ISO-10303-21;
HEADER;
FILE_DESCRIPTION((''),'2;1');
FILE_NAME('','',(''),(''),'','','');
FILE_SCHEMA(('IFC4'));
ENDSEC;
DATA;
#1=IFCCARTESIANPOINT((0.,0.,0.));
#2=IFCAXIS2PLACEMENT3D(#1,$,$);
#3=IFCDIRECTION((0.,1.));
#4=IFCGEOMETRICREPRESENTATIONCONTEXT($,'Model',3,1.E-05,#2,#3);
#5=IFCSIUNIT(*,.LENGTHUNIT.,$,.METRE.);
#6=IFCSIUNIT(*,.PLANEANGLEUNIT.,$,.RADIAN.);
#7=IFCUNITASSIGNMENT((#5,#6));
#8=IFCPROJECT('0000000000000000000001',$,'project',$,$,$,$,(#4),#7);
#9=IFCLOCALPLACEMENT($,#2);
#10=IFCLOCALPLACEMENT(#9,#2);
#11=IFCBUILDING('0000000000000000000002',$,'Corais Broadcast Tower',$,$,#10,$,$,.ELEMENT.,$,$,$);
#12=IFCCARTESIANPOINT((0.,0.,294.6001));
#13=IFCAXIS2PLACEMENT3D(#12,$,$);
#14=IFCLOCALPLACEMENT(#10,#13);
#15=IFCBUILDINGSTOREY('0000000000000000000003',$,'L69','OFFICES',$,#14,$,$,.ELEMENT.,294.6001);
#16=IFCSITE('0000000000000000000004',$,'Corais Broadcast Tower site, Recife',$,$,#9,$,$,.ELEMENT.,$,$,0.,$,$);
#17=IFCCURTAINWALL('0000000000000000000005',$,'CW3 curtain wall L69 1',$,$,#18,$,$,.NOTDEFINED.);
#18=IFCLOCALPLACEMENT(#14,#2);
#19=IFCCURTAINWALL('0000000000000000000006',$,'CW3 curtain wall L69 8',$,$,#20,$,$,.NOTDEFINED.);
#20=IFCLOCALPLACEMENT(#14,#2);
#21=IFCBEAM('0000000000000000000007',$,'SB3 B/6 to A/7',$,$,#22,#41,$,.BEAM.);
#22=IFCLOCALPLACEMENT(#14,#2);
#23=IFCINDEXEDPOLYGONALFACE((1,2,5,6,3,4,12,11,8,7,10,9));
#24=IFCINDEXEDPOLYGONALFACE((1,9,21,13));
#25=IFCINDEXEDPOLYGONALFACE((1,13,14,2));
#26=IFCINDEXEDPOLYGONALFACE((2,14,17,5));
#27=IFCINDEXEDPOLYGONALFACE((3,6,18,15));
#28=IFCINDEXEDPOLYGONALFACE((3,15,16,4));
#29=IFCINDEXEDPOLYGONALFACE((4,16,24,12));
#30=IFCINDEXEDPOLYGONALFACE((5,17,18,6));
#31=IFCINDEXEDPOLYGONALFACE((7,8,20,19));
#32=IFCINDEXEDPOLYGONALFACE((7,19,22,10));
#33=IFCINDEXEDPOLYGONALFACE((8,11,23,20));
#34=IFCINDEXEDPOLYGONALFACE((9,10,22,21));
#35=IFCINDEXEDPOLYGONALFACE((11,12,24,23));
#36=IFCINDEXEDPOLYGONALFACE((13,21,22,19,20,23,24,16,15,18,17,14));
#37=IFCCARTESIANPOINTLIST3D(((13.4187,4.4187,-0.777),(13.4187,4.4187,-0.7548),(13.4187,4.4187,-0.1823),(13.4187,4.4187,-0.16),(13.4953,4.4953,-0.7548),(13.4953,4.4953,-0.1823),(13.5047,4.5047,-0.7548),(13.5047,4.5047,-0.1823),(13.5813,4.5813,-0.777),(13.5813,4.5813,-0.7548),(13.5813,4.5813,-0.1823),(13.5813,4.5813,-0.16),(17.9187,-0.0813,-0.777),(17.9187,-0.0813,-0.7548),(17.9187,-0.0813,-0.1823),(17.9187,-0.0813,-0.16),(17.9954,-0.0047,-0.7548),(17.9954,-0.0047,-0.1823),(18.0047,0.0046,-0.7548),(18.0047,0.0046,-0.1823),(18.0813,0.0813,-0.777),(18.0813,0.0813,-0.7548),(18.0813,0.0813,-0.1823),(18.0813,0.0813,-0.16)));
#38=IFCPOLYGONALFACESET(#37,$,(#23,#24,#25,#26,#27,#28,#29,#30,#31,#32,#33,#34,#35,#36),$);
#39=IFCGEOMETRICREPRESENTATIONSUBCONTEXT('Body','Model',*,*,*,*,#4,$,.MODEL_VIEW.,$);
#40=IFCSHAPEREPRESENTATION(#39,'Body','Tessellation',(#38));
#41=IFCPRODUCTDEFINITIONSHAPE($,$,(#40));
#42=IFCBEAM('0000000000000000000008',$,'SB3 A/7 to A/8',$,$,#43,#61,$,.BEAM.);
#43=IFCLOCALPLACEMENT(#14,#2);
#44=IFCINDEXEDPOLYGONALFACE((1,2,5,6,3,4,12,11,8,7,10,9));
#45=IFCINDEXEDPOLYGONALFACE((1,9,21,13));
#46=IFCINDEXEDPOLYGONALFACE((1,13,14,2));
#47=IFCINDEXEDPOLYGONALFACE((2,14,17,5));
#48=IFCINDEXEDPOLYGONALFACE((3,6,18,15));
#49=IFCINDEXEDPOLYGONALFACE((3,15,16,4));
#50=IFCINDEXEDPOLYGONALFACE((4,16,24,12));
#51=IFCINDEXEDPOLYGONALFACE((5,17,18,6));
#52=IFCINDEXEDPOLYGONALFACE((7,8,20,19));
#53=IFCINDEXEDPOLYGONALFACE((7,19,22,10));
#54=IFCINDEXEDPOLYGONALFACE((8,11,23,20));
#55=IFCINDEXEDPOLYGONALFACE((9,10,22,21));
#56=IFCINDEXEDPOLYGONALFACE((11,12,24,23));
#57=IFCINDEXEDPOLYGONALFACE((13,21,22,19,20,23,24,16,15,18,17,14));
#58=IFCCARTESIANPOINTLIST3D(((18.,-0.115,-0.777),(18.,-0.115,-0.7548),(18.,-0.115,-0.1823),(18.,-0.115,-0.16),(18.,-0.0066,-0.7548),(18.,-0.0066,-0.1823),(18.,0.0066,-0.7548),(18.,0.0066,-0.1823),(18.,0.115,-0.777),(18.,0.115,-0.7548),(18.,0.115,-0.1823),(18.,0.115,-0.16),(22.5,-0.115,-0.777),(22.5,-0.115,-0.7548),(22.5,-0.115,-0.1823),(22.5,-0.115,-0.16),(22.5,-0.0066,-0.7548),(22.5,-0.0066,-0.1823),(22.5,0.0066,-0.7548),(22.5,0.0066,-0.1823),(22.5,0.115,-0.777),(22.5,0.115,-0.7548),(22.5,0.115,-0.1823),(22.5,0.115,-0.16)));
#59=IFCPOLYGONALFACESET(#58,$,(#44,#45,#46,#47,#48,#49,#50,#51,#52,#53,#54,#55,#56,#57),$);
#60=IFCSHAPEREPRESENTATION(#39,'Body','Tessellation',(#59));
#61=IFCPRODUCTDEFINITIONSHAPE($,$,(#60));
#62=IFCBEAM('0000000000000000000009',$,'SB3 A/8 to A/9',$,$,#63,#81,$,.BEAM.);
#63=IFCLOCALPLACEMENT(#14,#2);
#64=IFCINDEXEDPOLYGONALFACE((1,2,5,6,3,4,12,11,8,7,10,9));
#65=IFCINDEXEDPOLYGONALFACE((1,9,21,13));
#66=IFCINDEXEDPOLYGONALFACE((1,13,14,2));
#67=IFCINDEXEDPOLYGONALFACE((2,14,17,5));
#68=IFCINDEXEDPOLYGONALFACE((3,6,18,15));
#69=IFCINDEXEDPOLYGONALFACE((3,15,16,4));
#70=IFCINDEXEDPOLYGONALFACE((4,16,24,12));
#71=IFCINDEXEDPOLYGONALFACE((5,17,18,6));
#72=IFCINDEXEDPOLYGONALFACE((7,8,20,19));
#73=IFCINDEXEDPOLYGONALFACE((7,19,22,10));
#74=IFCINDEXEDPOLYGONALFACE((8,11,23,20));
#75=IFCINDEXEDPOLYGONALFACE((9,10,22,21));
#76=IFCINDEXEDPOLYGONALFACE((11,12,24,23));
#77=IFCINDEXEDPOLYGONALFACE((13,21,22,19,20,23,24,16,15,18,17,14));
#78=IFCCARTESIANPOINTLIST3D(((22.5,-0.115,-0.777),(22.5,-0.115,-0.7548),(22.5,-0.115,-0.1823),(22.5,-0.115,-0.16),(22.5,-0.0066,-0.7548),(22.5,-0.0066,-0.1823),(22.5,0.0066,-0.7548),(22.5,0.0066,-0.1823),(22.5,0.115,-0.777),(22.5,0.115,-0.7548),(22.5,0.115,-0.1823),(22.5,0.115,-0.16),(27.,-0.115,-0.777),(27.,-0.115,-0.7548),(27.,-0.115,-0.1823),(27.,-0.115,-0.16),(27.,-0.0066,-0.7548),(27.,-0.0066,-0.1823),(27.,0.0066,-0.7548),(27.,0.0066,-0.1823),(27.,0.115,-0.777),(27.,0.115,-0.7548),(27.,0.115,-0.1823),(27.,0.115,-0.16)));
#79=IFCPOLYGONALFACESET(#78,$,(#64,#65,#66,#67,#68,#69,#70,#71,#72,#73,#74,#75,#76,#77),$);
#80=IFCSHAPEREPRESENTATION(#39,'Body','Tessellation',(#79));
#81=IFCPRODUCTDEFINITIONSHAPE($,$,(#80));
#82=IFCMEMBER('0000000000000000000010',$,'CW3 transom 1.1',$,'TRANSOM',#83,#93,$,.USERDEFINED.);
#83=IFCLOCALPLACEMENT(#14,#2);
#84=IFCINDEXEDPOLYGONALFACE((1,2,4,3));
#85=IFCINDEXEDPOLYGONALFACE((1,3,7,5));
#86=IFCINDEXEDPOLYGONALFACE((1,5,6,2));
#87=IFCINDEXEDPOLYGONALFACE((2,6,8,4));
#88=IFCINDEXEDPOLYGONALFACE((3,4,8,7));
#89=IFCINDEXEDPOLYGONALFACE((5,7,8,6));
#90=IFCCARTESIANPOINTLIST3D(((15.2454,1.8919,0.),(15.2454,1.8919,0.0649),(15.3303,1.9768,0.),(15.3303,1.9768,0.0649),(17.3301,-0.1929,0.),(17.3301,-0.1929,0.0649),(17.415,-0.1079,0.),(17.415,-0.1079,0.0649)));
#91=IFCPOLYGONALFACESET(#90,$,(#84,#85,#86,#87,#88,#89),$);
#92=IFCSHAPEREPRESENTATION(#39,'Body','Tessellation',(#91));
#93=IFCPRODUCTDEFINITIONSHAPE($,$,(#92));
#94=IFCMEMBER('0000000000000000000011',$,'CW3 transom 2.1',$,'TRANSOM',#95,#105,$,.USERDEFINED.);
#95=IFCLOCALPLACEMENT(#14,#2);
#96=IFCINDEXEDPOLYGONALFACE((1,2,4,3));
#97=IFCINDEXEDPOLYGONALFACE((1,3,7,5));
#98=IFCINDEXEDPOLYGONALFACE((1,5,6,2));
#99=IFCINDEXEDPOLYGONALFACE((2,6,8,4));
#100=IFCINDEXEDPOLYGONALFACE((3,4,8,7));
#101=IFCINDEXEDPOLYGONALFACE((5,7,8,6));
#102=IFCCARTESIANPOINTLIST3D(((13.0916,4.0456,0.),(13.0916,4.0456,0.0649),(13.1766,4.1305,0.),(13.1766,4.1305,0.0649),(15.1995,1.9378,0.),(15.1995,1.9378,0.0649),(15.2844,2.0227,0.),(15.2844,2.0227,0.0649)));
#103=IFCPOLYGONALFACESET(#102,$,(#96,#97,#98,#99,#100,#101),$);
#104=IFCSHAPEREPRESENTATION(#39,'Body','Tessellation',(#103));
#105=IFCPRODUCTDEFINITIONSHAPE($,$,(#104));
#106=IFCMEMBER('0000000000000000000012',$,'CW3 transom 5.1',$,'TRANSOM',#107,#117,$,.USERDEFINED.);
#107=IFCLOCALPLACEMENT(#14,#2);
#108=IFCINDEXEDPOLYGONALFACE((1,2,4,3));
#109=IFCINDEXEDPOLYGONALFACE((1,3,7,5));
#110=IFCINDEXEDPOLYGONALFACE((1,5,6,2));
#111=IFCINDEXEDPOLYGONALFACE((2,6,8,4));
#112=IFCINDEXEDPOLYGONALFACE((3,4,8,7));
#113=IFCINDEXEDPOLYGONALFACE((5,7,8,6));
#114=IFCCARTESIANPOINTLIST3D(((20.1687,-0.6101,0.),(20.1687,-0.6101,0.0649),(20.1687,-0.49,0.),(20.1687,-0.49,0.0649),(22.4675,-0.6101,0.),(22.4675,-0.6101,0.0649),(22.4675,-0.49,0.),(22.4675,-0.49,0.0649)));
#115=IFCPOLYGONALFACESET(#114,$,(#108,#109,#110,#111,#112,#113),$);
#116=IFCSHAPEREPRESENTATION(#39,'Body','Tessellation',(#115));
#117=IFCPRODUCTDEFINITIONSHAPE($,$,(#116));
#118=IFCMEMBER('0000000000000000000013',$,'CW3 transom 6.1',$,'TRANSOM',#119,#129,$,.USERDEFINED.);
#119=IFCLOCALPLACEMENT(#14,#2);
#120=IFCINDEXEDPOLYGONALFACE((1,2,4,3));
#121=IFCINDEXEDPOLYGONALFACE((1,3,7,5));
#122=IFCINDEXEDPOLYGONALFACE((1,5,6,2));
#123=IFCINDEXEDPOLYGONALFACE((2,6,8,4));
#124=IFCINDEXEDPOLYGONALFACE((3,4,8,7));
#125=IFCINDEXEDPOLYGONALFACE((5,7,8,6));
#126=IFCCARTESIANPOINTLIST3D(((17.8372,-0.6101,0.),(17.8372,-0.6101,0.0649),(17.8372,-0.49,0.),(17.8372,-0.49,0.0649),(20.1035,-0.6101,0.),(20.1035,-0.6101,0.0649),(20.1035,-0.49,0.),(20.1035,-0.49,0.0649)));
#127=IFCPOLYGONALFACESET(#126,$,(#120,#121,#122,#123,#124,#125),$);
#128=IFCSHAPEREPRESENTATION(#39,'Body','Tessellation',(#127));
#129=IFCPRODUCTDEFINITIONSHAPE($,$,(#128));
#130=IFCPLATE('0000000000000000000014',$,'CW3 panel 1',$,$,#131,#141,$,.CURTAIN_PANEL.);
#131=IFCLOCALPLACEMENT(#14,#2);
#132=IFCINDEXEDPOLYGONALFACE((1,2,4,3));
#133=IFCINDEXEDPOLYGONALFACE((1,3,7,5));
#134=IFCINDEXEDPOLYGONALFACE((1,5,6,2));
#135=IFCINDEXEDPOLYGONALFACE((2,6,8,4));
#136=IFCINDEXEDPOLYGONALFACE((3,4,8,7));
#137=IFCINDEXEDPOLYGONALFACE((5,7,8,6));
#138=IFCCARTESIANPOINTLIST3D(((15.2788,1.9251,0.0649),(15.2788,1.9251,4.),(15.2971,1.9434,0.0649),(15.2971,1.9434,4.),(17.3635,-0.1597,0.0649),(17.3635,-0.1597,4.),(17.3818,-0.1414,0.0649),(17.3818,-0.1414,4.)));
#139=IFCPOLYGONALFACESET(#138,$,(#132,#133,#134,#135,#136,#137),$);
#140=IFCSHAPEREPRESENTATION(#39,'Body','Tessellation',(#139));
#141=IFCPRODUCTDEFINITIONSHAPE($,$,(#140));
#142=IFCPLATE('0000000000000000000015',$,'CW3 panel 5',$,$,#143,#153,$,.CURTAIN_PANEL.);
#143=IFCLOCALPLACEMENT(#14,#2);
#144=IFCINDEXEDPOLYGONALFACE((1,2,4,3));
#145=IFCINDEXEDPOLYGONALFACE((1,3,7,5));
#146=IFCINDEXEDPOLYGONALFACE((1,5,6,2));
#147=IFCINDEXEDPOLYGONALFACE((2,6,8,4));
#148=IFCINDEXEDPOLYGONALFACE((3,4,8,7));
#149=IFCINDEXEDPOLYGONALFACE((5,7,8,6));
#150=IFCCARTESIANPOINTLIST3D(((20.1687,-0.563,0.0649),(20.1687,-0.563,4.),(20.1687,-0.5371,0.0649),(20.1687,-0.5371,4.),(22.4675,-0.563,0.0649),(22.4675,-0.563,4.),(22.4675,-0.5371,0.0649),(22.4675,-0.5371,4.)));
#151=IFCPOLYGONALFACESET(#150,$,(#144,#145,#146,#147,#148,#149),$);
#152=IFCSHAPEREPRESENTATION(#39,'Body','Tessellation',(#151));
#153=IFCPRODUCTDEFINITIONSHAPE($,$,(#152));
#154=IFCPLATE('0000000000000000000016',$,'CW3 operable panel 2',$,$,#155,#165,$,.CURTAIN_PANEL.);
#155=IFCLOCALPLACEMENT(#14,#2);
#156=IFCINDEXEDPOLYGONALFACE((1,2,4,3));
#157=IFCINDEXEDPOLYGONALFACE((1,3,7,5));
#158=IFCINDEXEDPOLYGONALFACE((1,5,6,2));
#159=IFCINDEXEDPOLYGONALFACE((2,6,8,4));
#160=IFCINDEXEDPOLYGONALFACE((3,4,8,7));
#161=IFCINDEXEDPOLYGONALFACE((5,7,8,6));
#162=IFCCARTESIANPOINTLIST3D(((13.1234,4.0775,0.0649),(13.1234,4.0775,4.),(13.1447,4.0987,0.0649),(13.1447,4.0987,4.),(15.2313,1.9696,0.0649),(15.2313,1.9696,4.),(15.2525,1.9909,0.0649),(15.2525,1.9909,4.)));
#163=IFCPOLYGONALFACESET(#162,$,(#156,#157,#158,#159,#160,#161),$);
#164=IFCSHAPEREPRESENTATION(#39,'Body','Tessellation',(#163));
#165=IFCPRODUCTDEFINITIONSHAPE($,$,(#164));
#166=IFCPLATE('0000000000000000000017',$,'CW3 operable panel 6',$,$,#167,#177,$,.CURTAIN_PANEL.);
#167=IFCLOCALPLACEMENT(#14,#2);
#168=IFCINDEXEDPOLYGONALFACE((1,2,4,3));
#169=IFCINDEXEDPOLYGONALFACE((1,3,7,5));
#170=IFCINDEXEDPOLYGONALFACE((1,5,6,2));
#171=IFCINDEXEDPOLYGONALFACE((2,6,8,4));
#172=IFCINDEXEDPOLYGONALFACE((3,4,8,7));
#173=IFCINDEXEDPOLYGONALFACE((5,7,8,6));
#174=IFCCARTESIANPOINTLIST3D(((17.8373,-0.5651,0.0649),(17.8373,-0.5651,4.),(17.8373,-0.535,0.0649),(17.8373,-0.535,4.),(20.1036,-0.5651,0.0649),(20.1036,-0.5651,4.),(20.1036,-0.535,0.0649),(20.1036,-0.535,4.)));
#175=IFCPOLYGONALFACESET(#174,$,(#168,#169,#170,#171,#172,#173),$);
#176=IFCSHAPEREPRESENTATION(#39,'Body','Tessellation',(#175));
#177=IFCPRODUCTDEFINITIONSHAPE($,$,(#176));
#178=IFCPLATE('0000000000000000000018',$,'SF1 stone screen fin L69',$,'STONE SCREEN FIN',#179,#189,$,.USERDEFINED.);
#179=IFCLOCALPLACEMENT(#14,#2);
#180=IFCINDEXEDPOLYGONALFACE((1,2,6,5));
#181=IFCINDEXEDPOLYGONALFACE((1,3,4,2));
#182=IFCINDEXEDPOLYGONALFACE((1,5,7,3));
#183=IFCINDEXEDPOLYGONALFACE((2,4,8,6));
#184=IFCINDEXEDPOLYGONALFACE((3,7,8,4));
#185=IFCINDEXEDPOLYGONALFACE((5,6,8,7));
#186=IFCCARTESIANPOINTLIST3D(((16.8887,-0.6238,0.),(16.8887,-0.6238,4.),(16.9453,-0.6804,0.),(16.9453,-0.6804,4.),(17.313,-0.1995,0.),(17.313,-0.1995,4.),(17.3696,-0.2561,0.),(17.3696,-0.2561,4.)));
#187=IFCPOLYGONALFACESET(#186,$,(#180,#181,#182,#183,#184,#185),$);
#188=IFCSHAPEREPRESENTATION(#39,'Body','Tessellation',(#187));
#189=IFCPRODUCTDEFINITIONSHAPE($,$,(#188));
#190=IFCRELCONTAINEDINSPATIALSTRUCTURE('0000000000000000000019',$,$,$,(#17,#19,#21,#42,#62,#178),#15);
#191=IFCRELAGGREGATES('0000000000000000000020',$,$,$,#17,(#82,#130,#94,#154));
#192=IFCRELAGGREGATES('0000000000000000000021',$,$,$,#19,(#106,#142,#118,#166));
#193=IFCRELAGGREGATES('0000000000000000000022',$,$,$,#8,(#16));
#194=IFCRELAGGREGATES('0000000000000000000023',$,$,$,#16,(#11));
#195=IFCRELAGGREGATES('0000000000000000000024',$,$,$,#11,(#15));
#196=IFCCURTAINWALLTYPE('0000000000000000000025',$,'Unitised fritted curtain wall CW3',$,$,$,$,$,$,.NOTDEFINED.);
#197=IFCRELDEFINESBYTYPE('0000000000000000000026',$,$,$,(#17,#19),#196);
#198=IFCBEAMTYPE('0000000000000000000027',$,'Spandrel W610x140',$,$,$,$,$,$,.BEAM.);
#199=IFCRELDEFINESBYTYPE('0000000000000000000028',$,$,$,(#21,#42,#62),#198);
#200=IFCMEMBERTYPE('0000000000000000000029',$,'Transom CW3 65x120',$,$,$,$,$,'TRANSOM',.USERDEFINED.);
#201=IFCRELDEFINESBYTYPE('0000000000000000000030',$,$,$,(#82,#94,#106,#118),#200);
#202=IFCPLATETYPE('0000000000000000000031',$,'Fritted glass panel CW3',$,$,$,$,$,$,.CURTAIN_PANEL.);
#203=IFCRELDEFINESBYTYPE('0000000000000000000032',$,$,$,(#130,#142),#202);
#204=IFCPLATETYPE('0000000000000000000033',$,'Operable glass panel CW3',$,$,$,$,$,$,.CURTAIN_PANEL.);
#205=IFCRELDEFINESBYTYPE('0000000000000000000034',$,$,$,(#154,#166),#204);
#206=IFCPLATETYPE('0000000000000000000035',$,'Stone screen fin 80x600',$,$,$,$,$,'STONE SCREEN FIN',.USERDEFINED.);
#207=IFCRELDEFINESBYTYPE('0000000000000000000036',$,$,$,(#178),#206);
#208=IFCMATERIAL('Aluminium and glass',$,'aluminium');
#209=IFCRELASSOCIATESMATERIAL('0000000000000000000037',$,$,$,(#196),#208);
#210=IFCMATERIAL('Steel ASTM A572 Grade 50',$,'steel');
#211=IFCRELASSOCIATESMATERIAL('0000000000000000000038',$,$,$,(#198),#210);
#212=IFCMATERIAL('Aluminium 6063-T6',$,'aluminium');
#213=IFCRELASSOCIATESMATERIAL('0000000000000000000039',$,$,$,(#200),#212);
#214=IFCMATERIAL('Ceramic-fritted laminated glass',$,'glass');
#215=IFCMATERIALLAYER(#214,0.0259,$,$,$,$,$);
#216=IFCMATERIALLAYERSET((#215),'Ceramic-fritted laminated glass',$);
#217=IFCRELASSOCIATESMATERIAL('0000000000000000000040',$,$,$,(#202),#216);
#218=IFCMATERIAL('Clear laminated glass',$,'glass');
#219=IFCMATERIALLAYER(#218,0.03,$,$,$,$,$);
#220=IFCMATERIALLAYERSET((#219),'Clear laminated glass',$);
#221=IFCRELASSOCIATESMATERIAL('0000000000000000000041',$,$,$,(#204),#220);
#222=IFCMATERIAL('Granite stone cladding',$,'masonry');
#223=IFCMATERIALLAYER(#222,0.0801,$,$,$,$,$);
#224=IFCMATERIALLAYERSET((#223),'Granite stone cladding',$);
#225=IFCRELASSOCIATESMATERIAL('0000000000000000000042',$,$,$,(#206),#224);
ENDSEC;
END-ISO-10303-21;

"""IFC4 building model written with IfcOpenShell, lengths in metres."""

from ifc_helpers import new_model, si_unit, direction, frame, origin, origin_2d, place, context, subcontext, project, spatial, rectangle, i_section, extrude, material, layer, layer_set, material_profile, profile_set, type_object, element, aggregate, save


model = new_model("IFC4")

# Units and contexts
model_context = context("Model", 3, precision=1e-05, world=origin(), true_north=direction((0.0, 1.0)))
body_context = subcontext(model_context, "Body", "Model", "MODEL_VIEW")
ifc_project = project(units=[si_unit("LENGTHUNIT", "METRE"), si_unit("PLANEANGLEUNIT", "RADIAN")], contexts=[model_context])

# Site, building, storey
site_placement = place(None, origin())
site = spatial("IfcSite", under=ifc_project, at=site_placement, Name="Corais Broadcast Tower site, Recife", CompositionType="ELEMENT", RefElevation=0.0)
building_placement = place(site_placement, origin())
building = spatial("IfcBuilding", under=site, at=building_placement, Name="Corais Broadcast Tower", CompositionType="ELEMENT")
storey_placement = place(building_placement, frame((0.0, 0.0, 294.6001)))
storey = spatial("IfcBuildingStorey", under=building, at=storey_placement, Name="L69", Description="OFFICES", CompositionType="ELEMENT", Elevation=294.6001)

# Curtain walls
ifc_material_1 = material(Name="Aluminium and glass", Category="aluminium")
curtain_wall_type = type_object("IfcCurtainWallType", Name="Unitised fritted curtain wall CW3", PredefinedType="NOTDEFINED", material=ifc_material_1)
curtain_wall_1_placement = place(storey_placement, origin())
curtain_wall_1 = element("IfcCurtainWall", 1, at=curtain_wall_1_placement, inside=storey, type_object=curtain_wall_type, Name="CW3 curtain wall L69 1", PredefinedType="NOTDEFINED")
curtain_wall_2_placement = place(storey_placement, origin())
curtain_wall_2 = element("IfcCurtainWall", 2, at=curtain_wall_2_placement, inside=storey, type_object=curtain_wall_type, Name="CW3 curtain wall L69 8", PredefinedType="NOTDEFINED")

# Beams
ifc_material_2 = material(Name="Steel ASTM A572 Grade 50", Category="steel")
ifc_material_profile_1 = material_profile(ifc_material_2, i_section(OverallWidth=0.23, OverallDepth=0.6169, WebThickness=0.0132, FlangeThickness=0.0222, at=origin_2d()), Name="W610x140")
ifc_profile_set_1 = profile_set([ifc_material_profile_1], Name="Steel ASTM A572 Grade 50")
beam_type_1 = type_object("IfcBeamType", Name="Spandrel W610x140", PredefinedType="BEAM", material=ifc_profile_set_1)
beam_1_placement = place(storey_placement, frame((13.5, 4.5, -0.4685), z_axis=(0.707107, -0.707107, 0.0), x_axis=(0.707107, 0.707107, 0.0)))
element("IfcBeam", 3, at=beam_1_placement, inside=storey, type_object=beam_type_1, Name="SB3 B/6 to A/7", PredefinedType="BEAM", context=body_context, shape_type="SweptSolid", body=[
    extrude(i_section(OverallWidth=0.23, OverallDepth=0.6169, WebThickness=0.0132, FlangeThickness=0.0222, at=origin_2d()), origin(), (0.0, 0.0, 1.0), 6.364),
])
for number, where, z_axis, x_axis, name in (
    (4, (18.0, 0.0, -0.4685), (1.0, 0.0, 0.0), (0.0, 1.0, 0.0), "SB3 A/7 to A/8"),
    (5, (22.5, 0.0, -0.4685), (1.0, 0.0, 0.0), (0.0, 1.0, 0.0), "SB3 A/8 to A/9"),
):
    element("IfcBeam", number, at=place(storey_placement, frame(where, z_axis=z_axis, x_axis=x_axis)), inside=storey, type_object=beam_type_1, Name=name, PredefinedType="BEAM", context=body_context, shape_type="SweptSolid", body=[
        extrude(i_section(OverallWidth=0.23, OverallDepth=0.6169, WebThickness=0.0132, FlangeThickness=0.0222, at=origin_2d()), origin(), (0.0, 0.0, 1.0), 4.5),
    ])

# Members
ifc_material_3 = material(Name="Aluminium 6063-T6", Category="aluminium")
ifc_material_profile_2 = material_profile(ifc_material_3, rectangle(XDim=0.1201, YDim=0.0649, at=origin_2d()), Name="Transom CW3 65x120")
ifc_profile_set_2 = profile_set([ifc_material_profile_2], Name="Aluminium 6063-T6")
member_type_1 = type_object("IfcMemberType", Name="Transom CW3 65x120", ElementType="TRANSOM", PredefinedType="USERDEFINED", material=ifc_profile_set_2)
member_1_placement = place(storey_placement, frame((17.3726, -0.1504, 0.0325), z_axis=(-0.707107, 0.707107, 0.0), x_axis=(-0.707107, -0.707107, 0.0)))
member_1 = element("IfcMember", 6, at=member_1_placement, type_object=member_type_1, Name="CW3 transom 1.1", ObjectType="TRANSOM", PredefinedType="USERDEFINED", context=body_context, shape_type="SweptSolid", body=[
    extrude(rectangle(XDim=0.1201, YDim=0.0649, at=origin_2d()), origin(), (0.0, 0.0, 1.0), 2.9482),
])
member_2_placement = place(storey_placement, frame((15.2419, 1.9802, 0.0325), z_axis=(-0.707107, 0.707107, 0.0), x_axis=(-0.707107, -0.707107, 0.0)))
member_2 = element("IfcMember", 7, at=member_2_placement, type_object=member_type_1, Name="CW3 transom 2.1", ObjectType="TRANSOM", PredefinedType="USERDEFINED", context=body_context, shape_type="SweptSolid", body=[
    extrude(rectangle(XDim=0.1201, YDim=0.0649, at=origin_2d()), origin(), (0.0, 0.0, 1.0), 2.981),
])
member_3_placement = place(storey_placement, frame((22.4675, -0.55, 0.0325), z_axis=(-1.0, 0.0, 0.0), x_axis=(0.0, -1.0, 0.0)))
member_3 = element("IfcMember", 8, at=member_3_placement, type_object=member_type_1, Name="CW3 transom 5.1", ObjectType="TRANSOM", PredefinedType="USERDEFINED", context=body_context, shape_type="SweptSolid", body=[
    extrude(rectangle(XDim=0.1201, YDim=0.0649, at=origin_2d()), origin(), (0.0, 0.0, 1.0), 2.2988),
])
member_4_placement = place(storey_placement, frame((20.1035, -0.55, 0.0325), z_axis=(-1.0, 0.0, 0.0), x_axis=(0.0, -1.0, 0.0)))
member_4 = element("IfcMember", 9, at=member_4_placement, type_object=member_type_1, Name="CW3 transom 6.1", ObjectType="TRANSOM", PredefinedType="USERDEFINED", context=body_context, shape_type="SweptSolid", body=[
    extrude(rectangle(XDim=0.1201, YDim=0.0649, at=origin_2d()), origin(), (0.0, 0.0, 1.0), 2.2664),
])

# Plates
ifc_material_4 = material(Name="Ceramic-fritted laminated glass", Category="glass")
ifc_layer_1 = layer(ifc_material_4, 0.0259)
ifc_layer_set_1 = layer_set([ifc_layer_1], Name="Ceramic-fritted laminated glass")
plate_type_1 = type_object("IfcPlateType", Name="Fritted glass panel CW3", PredefinedType="CURTAIN_PANEL", material=ifc_layer_set_1)
plate_1_placement = place(storey_placement, frame((16.3303, 0.8918, 0.0649), z_axis=(0.0, 0.0, 1.0), x_axis=(-0.707107, 0.707107, 0.0)))
plate_1 = element("IfcPlate", 10, at=plate_1_placement, type_object=plate_type_1, Name="CW3 panel 1", PredefinedType="CURTAIN_PANEL", context=body_context, shape_type="SweptSolid", body=[
    extrude(rectangle(XDim=2.9482, YDim=0.0259, at=origin_2d()), origin(), (0.0, 0.0, 1.0), 3.9351),
])
plate_2_placement = place(storey_placement, frame((21.3181, -0.55, 0.0649), z_axis=(0.0, 0.0, 1.0), x_axis=(-1.0, 0.0, 0.0)))
plate_2 = element("IfcPlate", 11, at=plate_2_placement, type_object=plate_type_1, Name="CW3 panel 5", PredefinedType="CURTAIN_PANEL", context=body_context, shape_type="SweptSolid", body=[
    extrude(rectangle(XDim=2.2988, YDim=0.0259, at=origin_2d()), origin(), (0.0, 0.0, 1.0), 3.9351),
])
ifc_material_5 = material(Name="Clear laminated glass", Category="glass")
ifc_layer_2 = layer(ifc_material_5, 0.03)
ifc_layer_set_2 = layer_set([ifc_layer_2], Name="Clear laminated glass")
plate_type_2 = type_object("IfcPlateType", Name="Operable glass panel CW3", PredefinedType="CURTAIN_PANEL", material=ifc_layer_set_2)
plate_3_placement = place(storey_placement, frame((14.188, 3.0342, 0.0649), z_axis=(0.0, 0.0, 1.0), x_axis=(-0.707107, 0.707107, 0.0)))
plate_3 = element("IfcPlate", 12, at=plate_3_placement, type_object=plate_type_2, Name="CW3 operable panel 2", PredefinedType="CURTAIN_PANEL", context=body_context, shape_type="SweptSolid", body=[
    extrude(rectangle(XDim=2.981, YDim=0.03, at=origin_2d()), origin(), (0.0, 0.0, 1.0), 3.9351),
])
aggregate(curtain_wall_1, [member_1, plate_1, member_2, plate_3])
plate_4_placement = place(storey_placement, frame((18.9705, -0.55, 0.0649), z_axis=(0.0, 0.0, 1.0), x_axis=(-1.0, 0.0, 0.0)))
plate_4 = element("IfcPlate", 13, at=plate_4_placement, type_object=plate_type_2, Name="CW3 operable panel 6", PredefinedType="CURTAIN_PANEL", context=body_context, shape_type="SweptSolid", body=[
    extrude(rectangle(XDim=2.2664, YDim=0.03, at=origin_2d()), origin(), (0.0, 0.0, 1.0), 3.9351),
])
aggregate(curtain_wall_2, [member_3, plate_2, member_4, plate_4])
ifc_material_6 = material(Name="Granite stone cladding", Category="masonry")
ifc_layer_3 = layer(ifc_material_6, 0.0801)
ifc_layer_set_3 = layer_set([ifc_layer_3], Name="Granite stone cladding")
plate_type_3 = type_object("IfcPlateType", Name="Stone screen fin 80x600", ElementType="STONE SCREEN FIN", PredefinedType="USERDEFINED", material=ifc_layer_set_3)
plate_5_placement = place(storey_placement, frame((17.1292, -0.4399, 0.0), z_axis=(0.0, 0.0, 1.0), x_axis=(-0.707107, 0.707107, 0.0)))
element("IfcPlate", 14, at=plate_5_placement, inside=storey, type_object=plate_type_3, Name="SF1 stone screen fin L69", ObjectType="STONE SCREEN FIN", PredefinedType="USERDEFINED", context=body_context, shape_type="SweptSolid", body=[
    extrude(rectangle(XDim=0.0801, YDim=0.6001, at=origin_2d()), origin(), (0.0, 0.0, 1.0), 4.0),
])

save(model, "model.ifc")
